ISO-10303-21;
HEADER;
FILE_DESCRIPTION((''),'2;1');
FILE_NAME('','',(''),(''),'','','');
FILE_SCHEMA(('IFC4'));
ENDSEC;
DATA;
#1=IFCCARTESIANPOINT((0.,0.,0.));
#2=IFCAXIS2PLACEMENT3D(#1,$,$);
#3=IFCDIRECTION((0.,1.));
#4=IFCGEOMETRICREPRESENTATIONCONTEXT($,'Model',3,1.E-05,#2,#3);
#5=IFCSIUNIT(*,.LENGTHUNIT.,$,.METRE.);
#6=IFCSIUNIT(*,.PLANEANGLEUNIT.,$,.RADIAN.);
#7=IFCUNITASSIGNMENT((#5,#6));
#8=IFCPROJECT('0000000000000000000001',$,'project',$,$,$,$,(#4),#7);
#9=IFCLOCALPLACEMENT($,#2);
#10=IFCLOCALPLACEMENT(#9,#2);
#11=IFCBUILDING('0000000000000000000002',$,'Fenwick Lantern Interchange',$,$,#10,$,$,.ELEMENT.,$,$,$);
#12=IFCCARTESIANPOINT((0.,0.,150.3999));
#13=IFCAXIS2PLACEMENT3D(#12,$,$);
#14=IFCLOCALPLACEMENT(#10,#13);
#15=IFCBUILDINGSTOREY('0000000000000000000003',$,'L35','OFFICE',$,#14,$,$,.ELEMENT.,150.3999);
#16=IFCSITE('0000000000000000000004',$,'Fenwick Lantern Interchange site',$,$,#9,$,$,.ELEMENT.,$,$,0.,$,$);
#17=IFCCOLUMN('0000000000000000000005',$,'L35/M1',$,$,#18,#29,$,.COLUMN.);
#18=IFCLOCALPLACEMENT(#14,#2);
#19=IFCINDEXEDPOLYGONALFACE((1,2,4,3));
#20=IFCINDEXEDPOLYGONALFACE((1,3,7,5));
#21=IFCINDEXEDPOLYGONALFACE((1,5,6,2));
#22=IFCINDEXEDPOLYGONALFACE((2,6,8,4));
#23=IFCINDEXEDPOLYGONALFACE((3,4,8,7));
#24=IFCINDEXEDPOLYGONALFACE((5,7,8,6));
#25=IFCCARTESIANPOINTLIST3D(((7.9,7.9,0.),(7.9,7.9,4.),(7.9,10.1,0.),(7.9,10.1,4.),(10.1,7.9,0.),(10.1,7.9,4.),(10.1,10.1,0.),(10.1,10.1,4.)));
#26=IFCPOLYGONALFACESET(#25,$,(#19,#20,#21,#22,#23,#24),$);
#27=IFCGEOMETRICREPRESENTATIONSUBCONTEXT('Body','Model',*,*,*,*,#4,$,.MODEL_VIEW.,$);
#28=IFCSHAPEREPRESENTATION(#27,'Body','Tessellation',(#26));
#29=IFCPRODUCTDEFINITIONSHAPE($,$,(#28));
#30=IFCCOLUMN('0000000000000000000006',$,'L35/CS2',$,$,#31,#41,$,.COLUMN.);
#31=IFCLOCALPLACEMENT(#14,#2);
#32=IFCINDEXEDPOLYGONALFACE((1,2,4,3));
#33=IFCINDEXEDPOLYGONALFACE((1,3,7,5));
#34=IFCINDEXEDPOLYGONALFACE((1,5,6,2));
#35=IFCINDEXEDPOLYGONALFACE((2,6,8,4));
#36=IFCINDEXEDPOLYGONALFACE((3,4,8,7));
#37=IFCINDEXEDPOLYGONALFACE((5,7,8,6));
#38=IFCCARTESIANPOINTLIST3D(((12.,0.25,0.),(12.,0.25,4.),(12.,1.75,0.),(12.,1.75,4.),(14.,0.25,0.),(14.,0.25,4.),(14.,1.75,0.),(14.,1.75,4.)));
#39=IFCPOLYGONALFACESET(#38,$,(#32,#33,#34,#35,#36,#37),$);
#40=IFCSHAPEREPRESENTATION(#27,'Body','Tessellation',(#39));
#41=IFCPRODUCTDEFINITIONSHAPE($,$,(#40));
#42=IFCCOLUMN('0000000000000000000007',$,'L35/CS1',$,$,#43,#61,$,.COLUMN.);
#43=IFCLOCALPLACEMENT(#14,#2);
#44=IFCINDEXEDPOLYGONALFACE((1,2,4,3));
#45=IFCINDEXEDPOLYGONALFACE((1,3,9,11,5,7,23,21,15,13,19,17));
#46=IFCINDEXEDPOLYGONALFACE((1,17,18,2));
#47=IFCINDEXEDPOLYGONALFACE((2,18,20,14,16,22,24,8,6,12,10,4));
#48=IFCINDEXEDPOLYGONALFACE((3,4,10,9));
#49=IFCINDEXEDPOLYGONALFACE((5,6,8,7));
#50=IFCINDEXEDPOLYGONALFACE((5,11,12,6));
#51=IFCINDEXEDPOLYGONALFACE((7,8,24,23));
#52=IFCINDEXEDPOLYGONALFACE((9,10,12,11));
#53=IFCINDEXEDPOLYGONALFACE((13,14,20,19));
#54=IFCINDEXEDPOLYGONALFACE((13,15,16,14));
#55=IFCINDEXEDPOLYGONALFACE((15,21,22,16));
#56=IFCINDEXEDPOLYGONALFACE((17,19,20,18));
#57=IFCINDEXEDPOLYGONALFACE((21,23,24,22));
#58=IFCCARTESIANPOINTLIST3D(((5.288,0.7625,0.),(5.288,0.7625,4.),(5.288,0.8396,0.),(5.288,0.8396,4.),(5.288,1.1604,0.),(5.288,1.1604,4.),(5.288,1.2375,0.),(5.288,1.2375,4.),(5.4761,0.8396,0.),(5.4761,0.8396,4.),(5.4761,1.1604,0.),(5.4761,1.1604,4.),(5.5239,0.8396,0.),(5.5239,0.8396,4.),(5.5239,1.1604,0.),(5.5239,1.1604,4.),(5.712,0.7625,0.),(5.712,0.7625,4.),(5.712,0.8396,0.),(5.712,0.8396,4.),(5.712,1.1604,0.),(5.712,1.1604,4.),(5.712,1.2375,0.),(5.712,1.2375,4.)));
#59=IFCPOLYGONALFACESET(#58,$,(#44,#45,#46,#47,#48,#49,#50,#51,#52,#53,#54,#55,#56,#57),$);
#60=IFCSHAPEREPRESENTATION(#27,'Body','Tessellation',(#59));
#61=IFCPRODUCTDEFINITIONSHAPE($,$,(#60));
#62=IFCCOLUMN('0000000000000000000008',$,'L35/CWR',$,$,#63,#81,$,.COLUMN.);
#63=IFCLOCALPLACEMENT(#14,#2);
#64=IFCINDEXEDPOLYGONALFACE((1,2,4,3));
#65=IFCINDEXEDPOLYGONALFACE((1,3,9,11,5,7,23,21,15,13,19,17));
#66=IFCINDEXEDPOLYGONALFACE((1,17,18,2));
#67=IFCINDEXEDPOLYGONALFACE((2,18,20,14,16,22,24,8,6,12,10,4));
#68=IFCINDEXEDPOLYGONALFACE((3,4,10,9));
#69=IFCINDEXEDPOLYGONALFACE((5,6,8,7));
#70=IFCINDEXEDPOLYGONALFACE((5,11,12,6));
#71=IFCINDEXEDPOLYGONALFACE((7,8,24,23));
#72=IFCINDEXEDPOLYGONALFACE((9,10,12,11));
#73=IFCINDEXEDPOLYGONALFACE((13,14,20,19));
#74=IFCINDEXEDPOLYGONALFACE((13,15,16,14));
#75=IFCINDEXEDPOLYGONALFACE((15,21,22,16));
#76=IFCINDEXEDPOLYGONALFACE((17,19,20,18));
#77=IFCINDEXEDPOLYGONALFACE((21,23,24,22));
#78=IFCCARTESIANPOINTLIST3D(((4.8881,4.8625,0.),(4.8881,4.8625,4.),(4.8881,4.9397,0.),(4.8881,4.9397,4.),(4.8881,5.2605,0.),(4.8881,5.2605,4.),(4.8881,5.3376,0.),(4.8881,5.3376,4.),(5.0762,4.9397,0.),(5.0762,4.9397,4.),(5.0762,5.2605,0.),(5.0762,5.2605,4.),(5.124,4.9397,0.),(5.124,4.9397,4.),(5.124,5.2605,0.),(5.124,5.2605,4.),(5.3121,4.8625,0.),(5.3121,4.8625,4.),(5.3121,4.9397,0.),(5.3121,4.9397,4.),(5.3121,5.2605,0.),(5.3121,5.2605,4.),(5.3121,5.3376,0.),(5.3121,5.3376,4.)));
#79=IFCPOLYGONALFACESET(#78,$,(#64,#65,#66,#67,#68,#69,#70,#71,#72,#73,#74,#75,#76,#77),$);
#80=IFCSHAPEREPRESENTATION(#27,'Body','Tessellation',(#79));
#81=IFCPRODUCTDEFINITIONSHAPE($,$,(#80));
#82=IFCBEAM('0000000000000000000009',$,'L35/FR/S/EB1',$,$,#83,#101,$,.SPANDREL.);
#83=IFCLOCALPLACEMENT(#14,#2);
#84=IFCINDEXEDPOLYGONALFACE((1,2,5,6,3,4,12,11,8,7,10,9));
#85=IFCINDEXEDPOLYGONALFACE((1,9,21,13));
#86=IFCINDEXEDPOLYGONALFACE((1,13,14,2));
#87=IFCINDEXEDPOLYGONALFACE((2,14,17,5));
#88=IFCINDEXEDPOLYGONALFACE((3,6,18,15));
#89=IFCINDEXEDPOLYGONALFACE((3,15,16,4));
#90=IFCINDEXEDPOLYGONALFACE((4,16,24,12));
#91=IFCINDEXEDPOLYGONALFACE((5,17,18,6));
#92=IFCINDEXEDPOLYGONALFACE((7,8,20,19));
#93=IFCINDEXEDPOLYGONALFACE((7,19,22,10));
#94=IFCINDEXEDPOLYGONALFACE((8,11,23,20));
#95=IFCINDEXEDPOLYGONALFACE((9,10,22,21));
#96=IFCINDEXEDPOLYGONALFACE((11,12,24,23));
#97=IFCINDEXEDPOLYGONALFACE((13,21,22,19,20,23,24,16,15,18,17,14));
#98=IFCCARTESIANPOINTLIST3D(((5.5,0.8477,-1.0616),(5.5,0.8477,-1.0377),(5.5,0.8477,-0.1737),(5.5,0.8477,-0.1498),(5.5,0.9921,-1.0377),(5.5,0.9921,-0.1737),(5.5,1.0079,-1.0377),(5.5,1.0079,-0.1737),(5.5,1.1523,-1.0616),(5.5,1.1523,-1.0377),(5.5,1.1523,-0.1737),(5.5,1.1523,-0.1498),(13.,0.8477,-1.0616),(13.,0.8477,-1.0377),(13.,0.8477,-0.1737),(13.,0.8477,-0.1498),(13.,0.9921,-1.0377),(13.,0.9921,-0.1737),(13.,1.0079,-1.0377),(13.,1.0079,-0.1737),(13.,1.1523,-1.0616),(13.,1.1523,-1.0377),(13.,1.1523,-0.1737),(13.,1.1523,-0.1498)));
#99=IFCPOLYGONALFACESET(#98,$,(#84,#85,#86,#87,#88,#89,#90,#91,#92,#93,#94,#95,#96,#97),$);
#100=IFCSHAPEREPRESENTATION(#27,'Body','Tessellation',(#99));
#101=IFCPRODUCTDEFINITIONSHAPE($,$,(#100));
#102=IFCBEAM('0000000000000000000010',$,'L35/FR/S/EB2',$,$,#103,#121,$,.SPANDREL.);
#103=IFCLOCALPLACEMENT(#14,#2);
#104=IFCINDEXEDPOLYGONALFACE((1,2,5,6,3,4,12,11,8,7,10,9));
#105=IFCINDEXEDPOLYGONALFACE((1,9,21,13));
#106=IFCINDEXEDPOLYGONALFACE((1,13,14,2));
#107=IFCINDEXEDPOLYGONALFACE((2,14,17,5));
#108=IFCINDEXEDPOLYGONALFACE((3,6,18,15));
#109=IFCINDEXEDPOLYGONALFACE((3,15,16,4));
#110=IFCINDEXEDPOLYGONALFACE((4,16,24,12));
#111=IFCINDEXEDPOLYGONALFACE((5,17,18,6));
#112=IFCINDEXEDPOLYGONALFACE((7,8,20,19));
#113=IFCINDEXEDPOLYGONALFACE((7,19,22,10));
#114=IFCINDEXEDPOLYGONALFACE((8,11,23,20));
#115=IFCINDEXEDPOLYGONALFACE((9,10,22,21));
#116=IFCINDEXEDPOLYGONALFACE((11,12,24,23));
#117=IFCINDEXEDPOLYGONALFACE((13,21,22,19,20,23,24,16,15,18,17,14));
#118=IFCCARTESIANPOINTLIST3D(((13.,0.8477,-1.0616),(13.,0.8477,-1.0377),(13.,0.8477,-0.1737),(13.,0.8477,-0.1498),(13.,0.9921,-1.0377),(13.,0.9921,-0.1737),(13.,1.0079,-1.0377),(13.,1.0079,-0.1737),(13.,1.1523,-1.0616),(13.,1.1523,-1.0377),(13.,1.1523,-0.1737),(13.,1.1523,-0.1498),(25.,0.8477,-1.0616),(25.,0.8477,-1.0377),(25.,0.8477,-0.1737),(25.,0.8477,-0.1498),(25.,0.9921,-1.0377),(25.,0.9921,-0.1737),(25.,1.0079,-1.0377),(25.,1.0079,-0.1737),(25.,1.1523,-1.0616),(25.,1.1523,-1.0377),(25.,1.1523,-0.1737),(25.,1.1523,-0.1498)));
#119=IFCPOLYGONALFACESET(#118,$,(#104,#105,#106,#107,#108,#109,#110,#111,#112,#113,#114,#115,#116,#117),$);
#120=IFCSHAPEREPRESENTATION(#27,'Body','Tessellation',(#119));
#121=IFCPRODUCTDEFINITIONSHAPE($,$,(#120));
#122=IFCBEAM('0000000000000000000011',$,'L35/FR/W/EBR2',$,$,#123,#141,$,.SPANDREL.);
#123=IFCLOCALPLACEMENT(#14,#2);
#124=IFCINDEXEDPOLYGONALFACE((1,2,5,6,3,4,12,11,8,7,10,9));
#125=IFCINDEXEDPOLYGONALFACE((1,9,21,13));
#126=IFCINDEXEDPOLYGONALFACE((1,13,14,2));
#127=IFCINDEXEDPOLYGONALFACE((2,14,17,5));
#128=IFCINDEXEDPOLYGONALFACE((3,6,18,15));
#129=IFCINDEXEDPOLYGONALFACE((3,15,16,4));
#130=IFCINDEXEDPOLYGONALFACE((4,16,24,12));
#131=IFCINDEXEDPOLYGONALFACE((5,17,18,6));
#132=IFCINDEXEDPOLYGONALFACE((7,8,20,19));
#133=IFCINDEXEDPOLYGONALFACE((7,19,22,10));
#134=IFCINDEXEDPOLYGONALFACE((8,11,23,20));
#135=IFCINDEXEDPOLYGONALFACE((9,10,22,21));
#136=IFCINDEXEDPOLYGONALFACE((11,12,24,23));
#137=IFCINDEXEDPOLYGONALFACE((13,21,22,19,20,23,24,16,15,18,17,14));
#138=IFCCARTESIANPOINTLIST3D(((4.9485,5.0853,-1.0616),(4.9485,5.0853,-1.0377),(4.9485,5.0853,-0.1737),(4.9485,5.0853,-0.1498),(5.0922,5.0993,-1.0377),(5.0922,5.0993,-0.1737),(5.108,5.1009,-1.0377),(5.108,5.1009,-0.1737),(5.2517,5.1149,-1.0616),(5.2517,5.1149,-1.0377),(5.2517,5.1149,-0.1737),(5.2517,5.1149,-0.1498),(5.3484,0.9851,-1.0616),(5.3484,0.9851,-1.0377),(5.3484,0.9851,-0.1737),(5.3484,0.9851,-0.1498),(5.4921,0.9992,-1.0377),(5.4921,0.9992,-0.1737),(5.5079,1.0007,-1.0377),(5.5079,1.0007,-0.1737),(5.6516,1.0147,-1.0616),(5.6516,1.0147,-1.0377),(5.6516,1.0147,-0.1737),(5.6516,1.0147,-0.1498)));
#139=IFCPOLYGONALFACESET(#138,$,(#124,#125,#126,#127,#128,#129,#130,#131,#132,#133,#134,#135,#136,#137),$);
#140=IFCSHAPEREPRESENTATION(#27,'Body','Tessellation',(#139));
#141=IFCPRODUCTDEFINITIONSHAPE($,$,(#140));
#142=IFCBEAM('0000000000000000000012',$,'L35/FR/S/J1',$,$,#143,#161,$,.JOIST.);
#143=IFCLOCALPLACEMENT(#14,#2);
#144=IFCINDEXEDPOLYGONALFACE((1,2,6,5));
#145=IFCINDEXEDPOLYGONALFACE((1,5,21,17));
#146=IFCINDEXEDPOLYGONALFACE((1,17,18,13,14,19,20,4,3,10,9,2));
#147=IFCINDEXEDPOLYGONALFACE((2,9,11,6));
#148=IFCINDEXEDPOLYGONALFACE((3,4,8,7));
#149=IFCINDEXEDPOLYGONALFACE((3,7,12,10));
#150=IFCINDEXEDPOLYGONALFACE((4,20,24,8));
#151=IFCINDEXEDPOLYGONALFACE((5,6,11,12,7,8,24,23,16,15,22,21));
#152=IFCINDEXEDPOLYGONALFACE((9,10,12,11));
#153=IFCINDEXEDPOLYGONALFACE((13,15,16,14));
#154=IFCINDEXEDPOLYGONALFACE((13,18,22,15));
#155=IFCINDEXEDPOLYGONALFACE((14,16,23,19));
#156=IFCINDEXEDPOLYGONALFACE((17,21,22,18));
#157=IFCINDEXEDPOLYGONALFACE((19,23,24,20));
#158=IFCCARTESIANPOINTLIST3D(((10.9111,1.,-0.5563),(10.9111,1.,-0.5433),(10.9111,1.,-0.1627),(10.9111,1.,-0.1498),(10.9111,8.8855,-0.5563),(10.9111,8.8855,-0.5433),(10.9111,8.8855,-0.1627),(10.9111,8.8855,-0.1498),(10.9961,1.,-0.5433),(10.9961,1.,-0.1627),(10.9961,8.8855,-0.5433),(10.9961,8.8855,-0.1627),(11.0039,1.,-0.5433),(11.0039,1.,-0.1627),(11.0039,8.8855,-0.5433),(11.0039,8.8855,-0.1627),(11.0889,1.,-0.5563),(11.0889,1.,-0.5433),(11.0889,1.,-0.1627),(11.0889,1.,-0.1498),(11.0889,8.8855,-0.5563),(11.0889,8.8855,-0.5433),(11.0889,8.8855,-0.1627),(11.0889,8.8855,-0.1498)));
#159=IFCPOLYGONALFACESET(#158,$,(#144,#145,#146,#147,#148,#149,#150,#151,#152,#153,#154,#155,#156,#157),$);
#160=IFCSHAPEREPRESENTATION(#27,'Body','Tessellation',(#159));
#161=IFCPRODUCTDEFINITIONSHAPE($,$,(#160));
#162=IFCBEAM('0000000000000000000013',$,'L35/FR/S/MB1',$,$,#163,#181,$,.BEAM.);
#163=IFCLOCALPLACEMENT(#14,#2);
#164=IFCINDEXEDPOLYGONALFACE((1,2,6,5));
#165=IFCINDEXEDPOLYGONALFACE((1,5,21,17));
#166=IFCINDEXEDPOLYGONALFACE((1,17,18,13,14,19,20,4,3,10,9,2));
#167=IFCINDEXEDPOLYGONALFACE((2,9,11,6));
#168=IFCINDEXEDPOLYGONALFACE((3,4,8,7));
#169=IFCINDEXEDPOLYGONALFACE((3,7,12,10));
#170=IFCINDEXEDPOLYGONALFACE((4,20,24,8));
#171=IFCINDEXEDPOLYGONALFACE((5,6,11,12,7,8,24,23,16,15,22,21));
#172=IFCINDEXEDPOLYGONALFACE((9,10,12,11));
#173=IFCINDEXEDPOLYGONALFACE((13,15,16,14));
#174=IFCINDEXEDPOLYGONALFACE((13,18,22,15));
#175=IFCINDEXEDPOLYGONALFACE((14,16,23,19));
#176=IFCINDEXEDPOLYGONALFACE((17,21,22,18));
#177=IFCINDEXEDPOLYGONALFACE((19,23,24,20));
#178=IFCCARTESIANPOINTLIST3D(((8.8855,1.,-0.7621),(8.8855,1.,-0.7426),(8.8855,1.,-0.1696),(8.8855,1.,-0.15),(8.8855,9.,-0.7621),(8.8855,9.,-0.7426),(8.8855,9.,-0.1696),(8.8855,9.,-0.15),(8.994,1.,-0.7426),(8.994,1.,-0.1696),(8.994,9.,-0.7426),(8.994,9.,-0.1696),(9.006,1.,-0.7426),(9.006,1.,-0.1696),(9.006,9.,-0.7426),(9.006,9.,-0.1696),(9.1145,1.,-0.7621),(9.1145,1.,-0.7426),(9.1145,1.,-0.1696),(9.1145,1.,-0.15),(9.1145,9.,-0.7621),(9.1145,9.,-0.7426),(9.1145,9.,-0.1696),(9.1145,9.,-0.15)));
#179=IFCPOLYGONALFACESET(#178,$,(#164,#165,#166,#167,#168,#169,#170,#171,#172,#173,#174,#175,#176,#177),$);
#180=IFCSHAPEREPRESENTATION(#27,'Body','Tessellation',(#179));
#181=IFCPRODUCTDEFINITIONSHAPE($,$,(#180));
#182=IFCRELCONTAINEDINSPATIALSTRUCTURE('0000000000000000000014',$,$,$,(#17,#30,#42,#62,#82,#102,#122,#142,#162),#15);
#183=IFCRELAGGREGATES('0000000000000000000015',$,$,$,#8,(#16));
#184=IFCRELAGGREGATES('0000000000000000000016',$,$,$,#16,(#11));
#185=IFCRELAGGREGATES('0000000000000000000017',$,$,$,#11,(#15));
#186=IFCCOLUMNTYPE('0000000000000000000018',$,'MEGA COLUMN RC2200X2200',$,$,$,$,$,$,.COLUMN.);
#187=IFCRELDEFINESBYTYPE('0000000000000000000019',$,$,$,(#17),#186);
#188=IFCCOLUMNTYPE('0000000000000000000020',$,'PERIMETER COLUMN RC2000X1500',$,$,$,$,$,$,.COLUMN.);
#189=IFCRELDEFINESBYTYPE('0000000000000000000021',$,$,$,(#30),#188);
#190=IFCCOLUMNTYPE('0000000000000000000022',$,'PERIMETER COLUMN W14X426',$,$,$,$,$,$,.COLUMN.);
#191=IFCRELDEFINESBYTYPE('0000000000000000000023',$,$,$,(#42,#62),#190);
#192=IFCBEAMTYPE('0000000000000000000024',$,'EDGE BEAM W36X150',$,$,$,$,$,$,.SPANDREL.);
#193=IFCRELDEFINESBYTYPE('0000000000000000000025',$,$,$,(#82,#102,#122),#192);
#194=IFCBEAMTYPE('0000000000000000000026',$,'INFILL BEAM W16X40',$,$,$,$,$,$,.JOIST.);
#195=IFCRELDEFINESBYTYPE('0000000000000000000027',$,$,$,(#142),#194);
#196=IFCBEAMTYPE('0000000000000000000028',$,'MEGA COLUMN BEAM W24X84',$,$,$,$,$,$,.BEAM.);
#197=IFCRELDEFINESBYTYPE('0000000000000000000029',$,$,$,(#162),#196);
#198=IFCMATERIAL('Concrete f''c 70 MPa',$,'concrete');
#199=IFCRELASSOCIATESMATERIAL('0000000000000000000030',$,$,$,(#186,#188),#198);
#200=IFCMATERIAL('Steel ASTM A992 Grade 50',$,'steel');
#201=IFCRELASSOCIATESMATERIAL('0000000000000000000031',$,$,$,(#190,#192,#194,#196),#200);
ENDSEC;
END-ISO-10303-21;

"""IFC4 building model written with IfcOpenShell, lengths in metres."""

from ifc_helpers import new_model, si_unit, direction, frame, origin, origin_2d, place, context, subcontext, project, spatial, rectangle, i_section, extrude, material, material_profile, profile_set, type_object, element, save


model = new_model("IFC4")

# Units and contexts
model_context = context("Model", 3, precision=1e-05, world=origin(), true_north=direction((0.0, 1.0)))
body_context = subcontext(model_context, "Body", "Model", "MODEL_VIEW")
ifc_project = project(units=[si_unit("LENGTHUNIT", "METRE"), si_unit("PLANEANGLEUNIT", "RADIAN")], contexts=[model_context])

# Site, building, storey
site_placement = place(None, origin())
site = spatial("IfcSite", under=ifc_project, at=site_placement, Name="Fenwick Lantern Interchange site", CompositionType="ELEMENT", RefElevation=0.0)
building_placement = place(site_placement, origin())
building = spatial("IfcBuilding", under=site, at=building_placement, Name="Fenwick Lantern Interchange", CompositionType="ELEMENT")
storey_placement = place(building_placement, frame((0.0, 0.0, 150.3999)))
storey = spatial("IfcBuildingStorey", under=building, at=storey_placement, Name="L35", Description="OFFICE", CompositionType="ELEMENT", Elevation=150.3999)

# Columns
ifc_material_1 = material(Name="Concrete f'c 70 MPa", Category="concrete")
ifc_material_profile_1 = material_profile(ifc_material_1, rectangle(XDim=2.2, YDim=2.2, at=origin_2d()), Name="RC2200X2200")
ifc_profile_set_1 = profile_set([ifc_material_profile_1], Name="Concrete f'c 70 MPa")
column_type_1 = type_object("IfcColumnType", Name="MEGA COLUMN RC2200X2200", PredefinedType="COLUMN", material=ifc_profile_set_1)
column_1_placement = place(storey_placement, frame((9.0, 9.0, 0.0), z_axis=(0.0, 0.0, 1.0), x_axis=(1.0, 0.0, 0.0)))
element("IfcColumn", 1, at=column_1_placement, inside=storey, type_object=column_type_1, Name="L35/M1", PredefinedType="COLUMN", context=body_context, shape_type="SweptSolid", body=[
    extrude(rectangle(XDim=2.2, YDim=2.2, at=origin_2d()), origin(), (0.0, 0.0, 1.0), 4.0),
])
ifc_material_profile_2 = material_profile(ifc_material_1, rectangle(XDim=2.0, YDim=1.5, at=origin_2d()), Name="RC2000X1500")
ifc_profile_set_2 = profile_set([ifc_material_profile_2], Name="Concrete f'c 70 MPa")
column_type_2 = type_object("IfcColumnType", Name="PERIMETER COLUMN RC2000X1500", PredefinedType="COLUMN", material=ifc_profile_set_2)
column_2_placement = place(storey_placement, frame((13.0, 1.0, 0.0), z_axis=(0.0, 0.0, 1.0), x_axis=(1.0, 0.0, 0.0)))
element("IfcColumn", 2, at=column_2_placement, inside=storey, type_object=column_type_2, Name="L35/CS2", PredefinedType="COLUMN", context=body_context, shape_type="SweptSolid", body=[
    extrude(rectangle(XDim=2.0, YDim=1.5, at=origin_2d()), origin(), (0.0, 0.0, 1.0), 4.0),
])
ifc_material_2 = material(Name="Steel ASTM A992 Grade 50", Category="steel")
ifc_material_profile_3 = material_profile(ifc_material_2, i_section(OverallWidth=0.4241, OverallDepth=0.4751, WebThickness=0.0479, FlangeThickness=0.0771, at=origin_2d()), Name="W14X426")
ifc_profile_set_3 = profile_set([ifc_material_profile_3], Name="Steel ASTM A992 Grade 50")
column_type_3 = type_object("IfcColumnType", Name="PERIMETER COLUMN W14X426", PredefinedType="COLUMN", material=ifc_profile_set_3)
for number, where, z_axis, x_axis, name in (
    (3, (5.5, 1.0, 0.0), (0.0, 0.0, 1.0), (1.0, 0.0, 0.0), "L35/CS1"),
    (4, (5.1001, 5.1001, 0.0), (0.0, 0.0, 1.0), (1.0, 0.0, 0.0), "L35/CWR"),
):
    element("IfcColumn", number, at=place(storey_placement, frame(where, z_axis=z_axis, x_axis=x_axis)), inside=storey, type_object=column_type_3, Name=name, PredefinedType="COLUMN", context=body_context, shape_type="SweptSolid", body=[
        extrude(i_section(OverallWidth=0.4241, OverallDepth=0.4751, WebThickness=0.0479, FlangeThickness=0.0771, at=origin_2d()), origin(), (0.0, 0.0, 1.0), 4.0),
    ])

# Beams
ifc_material_profile_4 = material_profile(ifc_material_2, i_section(OverallWidth=0.3047, OverallDepth=0.9119, WebThickness=0.0159, FlangeThickness=0.0239, at=origin_2d()), Name="W36X150")
ifc_profile_set_4 = profile_set([ifc_material_profile_4], Name="Steel ASTM A992 Grade 50")
beam_type_1 = type_object("IfcBeamType", Name="EDGE BEAM W36X150", PredefinedType="SPANDREL", material=ifc_profile_set_4)
beam_1_placement = place(storey_placement, frame((5.5, 1.0, -0.6057), z_axis=(1.0, 0.0, 0.0), x_axis=(0.0, 1.0, 0.0)))
element("IfcBeam", 5, at=beam_1_placement, inside=storey, type_object=beam_type_1, Name="L35/FR/S/EB1", PredefinedType="SPANDREL", context=body_context, shape_type="SweptSolid", body=[
    extrude(i_section(OverallWidth=0.3047, OverallDepth=0.9119, WebThickness=0.0159, FlangeThickness=0.0239, at=origin_2d()), origin(), (0.0, 0.0, 1.0), 7.5),
])
beam_2_placement = place(storey_placement, frame((13.0, 1.0, -0.6057), z_axis=(1.0, 0.0, 0.0), x_axis=(0.0, 1.0, 0.0)))
element("IfcBeam", 6, at=beam_2_placement, inside=storey, type_object=beam_type_1, Name="L35/FR/S/EB2", PredefinedType="SPANDREL", context=body_context, shape_type="SweptSolid", body=[
    extrude(i_section(OverallWidth=0.3047, OverallDepth=0.9119, WebThickness=0.0159, FlangeThickness=0.0239, at=origin_2d()), origin(), (0.0, 0.0, 1.0), 12.0),
])
beam_3_placement = place(storey_placement, frame((5.1001, 5.1001, -0.6057), z_axis=(0.097074, -0.995277, 0.0), x_axis=(0.995277, 0.097074, 0.0)))
element("IfcBeam", 7, at=beam_3_placement, inside=storey, type_object=beam_type_1, Name="L35/FR/W/EBR2", PredefinedType="SPANDREL", context=body_context, shape_type="SweptSolid", body=[
    extrude(i_section(OverallWidth=0.3047, OverallDepth=0.9119, WebThickness=0.0159, FlangeThickness=0.0239, at=origin_2d()), origin(), (0.0, 0.0, 1.0), 4.1196),
])
ifc_material_profile_5 = material_profile(ifc_material_2, i_section(OverallWidth=0.1777, OverallDepth=0.4065, WebThickness=0.0078, FlangeThickness=0.0129, at=origin_2d()), Name="W16X40")
ifc_profile_set_5 = profile_set([ifc_material_profile_5], Name="Steel ASTM A992 Grade 50")
beam_type_2 = type_object("IfcBeamType", Name="INFILL BEAM W16X40", PredefinedType="JOIST", material=ifc_profile_set_5)
beam_4_placement = place(storey_placement, frame((11.0, 1.0, -0.353), z_axis=(0.0, 1.0, 0.0), x_axis=(-1.0, 0.0, 0.0)))
element("IfcBeam", 8, at=beam_4_placement, inside=storey, type_object=beam_type_2, Name="L35/FR/S/J1", PredefinedType="JOIST", context=body_context, shape_type="SweptSolid", body=[
    extrude(i_section(OverallWidth=0.1777, OverallDepth=0.4065, WebThickness=0.0078, FlangeThickness=0.0129, at=origin_2d()), origin(), (0.0, 0.0, 1.0), 7.8855),
])
ifc_material_profile_6 = material_profile(ifc_material_2, i_section(OverallWidth=0.229, OverallDepth=0.6121, WebThickness=0.012, FlangeThickness=0.0195, at=origin_2d()), Name="W24X84")
ifc_profile_set_6 = profile_set([ifc_material_profile_6], Name="Steel ASTM A992 Grade 50")
beam_type_3 = type_object("IfcBeamType", Name="MEGA COLUMN BEAM W24X84", PredefinedType="BEAM", material=ifc_profile_set_6)
beam_5_placement = place(storey_placement, frame((9.0, 9.0, -0.4561), z_axis=(0.0, -1.0, 0.0), x_axis=(1.0, 0.0, 0.0)))
element("IfcBeam", 9, at=beam_5_placement, inside=storey, type_object=beam_type_3, Name="L35/FR/S/MB1", PredefinedType="BEAM", context=body_context, shape_type="SweptSolid", body=[
    extrude(i_section(OverallWidth=0.229, OverallDepth=0.6121, WebThickness=0.012, FlangeThickness=0.0195, at=origin_2d()), origin(), (0.0, 0.0, 1.0), 8.0),
])

save(model, "model.ifc")
